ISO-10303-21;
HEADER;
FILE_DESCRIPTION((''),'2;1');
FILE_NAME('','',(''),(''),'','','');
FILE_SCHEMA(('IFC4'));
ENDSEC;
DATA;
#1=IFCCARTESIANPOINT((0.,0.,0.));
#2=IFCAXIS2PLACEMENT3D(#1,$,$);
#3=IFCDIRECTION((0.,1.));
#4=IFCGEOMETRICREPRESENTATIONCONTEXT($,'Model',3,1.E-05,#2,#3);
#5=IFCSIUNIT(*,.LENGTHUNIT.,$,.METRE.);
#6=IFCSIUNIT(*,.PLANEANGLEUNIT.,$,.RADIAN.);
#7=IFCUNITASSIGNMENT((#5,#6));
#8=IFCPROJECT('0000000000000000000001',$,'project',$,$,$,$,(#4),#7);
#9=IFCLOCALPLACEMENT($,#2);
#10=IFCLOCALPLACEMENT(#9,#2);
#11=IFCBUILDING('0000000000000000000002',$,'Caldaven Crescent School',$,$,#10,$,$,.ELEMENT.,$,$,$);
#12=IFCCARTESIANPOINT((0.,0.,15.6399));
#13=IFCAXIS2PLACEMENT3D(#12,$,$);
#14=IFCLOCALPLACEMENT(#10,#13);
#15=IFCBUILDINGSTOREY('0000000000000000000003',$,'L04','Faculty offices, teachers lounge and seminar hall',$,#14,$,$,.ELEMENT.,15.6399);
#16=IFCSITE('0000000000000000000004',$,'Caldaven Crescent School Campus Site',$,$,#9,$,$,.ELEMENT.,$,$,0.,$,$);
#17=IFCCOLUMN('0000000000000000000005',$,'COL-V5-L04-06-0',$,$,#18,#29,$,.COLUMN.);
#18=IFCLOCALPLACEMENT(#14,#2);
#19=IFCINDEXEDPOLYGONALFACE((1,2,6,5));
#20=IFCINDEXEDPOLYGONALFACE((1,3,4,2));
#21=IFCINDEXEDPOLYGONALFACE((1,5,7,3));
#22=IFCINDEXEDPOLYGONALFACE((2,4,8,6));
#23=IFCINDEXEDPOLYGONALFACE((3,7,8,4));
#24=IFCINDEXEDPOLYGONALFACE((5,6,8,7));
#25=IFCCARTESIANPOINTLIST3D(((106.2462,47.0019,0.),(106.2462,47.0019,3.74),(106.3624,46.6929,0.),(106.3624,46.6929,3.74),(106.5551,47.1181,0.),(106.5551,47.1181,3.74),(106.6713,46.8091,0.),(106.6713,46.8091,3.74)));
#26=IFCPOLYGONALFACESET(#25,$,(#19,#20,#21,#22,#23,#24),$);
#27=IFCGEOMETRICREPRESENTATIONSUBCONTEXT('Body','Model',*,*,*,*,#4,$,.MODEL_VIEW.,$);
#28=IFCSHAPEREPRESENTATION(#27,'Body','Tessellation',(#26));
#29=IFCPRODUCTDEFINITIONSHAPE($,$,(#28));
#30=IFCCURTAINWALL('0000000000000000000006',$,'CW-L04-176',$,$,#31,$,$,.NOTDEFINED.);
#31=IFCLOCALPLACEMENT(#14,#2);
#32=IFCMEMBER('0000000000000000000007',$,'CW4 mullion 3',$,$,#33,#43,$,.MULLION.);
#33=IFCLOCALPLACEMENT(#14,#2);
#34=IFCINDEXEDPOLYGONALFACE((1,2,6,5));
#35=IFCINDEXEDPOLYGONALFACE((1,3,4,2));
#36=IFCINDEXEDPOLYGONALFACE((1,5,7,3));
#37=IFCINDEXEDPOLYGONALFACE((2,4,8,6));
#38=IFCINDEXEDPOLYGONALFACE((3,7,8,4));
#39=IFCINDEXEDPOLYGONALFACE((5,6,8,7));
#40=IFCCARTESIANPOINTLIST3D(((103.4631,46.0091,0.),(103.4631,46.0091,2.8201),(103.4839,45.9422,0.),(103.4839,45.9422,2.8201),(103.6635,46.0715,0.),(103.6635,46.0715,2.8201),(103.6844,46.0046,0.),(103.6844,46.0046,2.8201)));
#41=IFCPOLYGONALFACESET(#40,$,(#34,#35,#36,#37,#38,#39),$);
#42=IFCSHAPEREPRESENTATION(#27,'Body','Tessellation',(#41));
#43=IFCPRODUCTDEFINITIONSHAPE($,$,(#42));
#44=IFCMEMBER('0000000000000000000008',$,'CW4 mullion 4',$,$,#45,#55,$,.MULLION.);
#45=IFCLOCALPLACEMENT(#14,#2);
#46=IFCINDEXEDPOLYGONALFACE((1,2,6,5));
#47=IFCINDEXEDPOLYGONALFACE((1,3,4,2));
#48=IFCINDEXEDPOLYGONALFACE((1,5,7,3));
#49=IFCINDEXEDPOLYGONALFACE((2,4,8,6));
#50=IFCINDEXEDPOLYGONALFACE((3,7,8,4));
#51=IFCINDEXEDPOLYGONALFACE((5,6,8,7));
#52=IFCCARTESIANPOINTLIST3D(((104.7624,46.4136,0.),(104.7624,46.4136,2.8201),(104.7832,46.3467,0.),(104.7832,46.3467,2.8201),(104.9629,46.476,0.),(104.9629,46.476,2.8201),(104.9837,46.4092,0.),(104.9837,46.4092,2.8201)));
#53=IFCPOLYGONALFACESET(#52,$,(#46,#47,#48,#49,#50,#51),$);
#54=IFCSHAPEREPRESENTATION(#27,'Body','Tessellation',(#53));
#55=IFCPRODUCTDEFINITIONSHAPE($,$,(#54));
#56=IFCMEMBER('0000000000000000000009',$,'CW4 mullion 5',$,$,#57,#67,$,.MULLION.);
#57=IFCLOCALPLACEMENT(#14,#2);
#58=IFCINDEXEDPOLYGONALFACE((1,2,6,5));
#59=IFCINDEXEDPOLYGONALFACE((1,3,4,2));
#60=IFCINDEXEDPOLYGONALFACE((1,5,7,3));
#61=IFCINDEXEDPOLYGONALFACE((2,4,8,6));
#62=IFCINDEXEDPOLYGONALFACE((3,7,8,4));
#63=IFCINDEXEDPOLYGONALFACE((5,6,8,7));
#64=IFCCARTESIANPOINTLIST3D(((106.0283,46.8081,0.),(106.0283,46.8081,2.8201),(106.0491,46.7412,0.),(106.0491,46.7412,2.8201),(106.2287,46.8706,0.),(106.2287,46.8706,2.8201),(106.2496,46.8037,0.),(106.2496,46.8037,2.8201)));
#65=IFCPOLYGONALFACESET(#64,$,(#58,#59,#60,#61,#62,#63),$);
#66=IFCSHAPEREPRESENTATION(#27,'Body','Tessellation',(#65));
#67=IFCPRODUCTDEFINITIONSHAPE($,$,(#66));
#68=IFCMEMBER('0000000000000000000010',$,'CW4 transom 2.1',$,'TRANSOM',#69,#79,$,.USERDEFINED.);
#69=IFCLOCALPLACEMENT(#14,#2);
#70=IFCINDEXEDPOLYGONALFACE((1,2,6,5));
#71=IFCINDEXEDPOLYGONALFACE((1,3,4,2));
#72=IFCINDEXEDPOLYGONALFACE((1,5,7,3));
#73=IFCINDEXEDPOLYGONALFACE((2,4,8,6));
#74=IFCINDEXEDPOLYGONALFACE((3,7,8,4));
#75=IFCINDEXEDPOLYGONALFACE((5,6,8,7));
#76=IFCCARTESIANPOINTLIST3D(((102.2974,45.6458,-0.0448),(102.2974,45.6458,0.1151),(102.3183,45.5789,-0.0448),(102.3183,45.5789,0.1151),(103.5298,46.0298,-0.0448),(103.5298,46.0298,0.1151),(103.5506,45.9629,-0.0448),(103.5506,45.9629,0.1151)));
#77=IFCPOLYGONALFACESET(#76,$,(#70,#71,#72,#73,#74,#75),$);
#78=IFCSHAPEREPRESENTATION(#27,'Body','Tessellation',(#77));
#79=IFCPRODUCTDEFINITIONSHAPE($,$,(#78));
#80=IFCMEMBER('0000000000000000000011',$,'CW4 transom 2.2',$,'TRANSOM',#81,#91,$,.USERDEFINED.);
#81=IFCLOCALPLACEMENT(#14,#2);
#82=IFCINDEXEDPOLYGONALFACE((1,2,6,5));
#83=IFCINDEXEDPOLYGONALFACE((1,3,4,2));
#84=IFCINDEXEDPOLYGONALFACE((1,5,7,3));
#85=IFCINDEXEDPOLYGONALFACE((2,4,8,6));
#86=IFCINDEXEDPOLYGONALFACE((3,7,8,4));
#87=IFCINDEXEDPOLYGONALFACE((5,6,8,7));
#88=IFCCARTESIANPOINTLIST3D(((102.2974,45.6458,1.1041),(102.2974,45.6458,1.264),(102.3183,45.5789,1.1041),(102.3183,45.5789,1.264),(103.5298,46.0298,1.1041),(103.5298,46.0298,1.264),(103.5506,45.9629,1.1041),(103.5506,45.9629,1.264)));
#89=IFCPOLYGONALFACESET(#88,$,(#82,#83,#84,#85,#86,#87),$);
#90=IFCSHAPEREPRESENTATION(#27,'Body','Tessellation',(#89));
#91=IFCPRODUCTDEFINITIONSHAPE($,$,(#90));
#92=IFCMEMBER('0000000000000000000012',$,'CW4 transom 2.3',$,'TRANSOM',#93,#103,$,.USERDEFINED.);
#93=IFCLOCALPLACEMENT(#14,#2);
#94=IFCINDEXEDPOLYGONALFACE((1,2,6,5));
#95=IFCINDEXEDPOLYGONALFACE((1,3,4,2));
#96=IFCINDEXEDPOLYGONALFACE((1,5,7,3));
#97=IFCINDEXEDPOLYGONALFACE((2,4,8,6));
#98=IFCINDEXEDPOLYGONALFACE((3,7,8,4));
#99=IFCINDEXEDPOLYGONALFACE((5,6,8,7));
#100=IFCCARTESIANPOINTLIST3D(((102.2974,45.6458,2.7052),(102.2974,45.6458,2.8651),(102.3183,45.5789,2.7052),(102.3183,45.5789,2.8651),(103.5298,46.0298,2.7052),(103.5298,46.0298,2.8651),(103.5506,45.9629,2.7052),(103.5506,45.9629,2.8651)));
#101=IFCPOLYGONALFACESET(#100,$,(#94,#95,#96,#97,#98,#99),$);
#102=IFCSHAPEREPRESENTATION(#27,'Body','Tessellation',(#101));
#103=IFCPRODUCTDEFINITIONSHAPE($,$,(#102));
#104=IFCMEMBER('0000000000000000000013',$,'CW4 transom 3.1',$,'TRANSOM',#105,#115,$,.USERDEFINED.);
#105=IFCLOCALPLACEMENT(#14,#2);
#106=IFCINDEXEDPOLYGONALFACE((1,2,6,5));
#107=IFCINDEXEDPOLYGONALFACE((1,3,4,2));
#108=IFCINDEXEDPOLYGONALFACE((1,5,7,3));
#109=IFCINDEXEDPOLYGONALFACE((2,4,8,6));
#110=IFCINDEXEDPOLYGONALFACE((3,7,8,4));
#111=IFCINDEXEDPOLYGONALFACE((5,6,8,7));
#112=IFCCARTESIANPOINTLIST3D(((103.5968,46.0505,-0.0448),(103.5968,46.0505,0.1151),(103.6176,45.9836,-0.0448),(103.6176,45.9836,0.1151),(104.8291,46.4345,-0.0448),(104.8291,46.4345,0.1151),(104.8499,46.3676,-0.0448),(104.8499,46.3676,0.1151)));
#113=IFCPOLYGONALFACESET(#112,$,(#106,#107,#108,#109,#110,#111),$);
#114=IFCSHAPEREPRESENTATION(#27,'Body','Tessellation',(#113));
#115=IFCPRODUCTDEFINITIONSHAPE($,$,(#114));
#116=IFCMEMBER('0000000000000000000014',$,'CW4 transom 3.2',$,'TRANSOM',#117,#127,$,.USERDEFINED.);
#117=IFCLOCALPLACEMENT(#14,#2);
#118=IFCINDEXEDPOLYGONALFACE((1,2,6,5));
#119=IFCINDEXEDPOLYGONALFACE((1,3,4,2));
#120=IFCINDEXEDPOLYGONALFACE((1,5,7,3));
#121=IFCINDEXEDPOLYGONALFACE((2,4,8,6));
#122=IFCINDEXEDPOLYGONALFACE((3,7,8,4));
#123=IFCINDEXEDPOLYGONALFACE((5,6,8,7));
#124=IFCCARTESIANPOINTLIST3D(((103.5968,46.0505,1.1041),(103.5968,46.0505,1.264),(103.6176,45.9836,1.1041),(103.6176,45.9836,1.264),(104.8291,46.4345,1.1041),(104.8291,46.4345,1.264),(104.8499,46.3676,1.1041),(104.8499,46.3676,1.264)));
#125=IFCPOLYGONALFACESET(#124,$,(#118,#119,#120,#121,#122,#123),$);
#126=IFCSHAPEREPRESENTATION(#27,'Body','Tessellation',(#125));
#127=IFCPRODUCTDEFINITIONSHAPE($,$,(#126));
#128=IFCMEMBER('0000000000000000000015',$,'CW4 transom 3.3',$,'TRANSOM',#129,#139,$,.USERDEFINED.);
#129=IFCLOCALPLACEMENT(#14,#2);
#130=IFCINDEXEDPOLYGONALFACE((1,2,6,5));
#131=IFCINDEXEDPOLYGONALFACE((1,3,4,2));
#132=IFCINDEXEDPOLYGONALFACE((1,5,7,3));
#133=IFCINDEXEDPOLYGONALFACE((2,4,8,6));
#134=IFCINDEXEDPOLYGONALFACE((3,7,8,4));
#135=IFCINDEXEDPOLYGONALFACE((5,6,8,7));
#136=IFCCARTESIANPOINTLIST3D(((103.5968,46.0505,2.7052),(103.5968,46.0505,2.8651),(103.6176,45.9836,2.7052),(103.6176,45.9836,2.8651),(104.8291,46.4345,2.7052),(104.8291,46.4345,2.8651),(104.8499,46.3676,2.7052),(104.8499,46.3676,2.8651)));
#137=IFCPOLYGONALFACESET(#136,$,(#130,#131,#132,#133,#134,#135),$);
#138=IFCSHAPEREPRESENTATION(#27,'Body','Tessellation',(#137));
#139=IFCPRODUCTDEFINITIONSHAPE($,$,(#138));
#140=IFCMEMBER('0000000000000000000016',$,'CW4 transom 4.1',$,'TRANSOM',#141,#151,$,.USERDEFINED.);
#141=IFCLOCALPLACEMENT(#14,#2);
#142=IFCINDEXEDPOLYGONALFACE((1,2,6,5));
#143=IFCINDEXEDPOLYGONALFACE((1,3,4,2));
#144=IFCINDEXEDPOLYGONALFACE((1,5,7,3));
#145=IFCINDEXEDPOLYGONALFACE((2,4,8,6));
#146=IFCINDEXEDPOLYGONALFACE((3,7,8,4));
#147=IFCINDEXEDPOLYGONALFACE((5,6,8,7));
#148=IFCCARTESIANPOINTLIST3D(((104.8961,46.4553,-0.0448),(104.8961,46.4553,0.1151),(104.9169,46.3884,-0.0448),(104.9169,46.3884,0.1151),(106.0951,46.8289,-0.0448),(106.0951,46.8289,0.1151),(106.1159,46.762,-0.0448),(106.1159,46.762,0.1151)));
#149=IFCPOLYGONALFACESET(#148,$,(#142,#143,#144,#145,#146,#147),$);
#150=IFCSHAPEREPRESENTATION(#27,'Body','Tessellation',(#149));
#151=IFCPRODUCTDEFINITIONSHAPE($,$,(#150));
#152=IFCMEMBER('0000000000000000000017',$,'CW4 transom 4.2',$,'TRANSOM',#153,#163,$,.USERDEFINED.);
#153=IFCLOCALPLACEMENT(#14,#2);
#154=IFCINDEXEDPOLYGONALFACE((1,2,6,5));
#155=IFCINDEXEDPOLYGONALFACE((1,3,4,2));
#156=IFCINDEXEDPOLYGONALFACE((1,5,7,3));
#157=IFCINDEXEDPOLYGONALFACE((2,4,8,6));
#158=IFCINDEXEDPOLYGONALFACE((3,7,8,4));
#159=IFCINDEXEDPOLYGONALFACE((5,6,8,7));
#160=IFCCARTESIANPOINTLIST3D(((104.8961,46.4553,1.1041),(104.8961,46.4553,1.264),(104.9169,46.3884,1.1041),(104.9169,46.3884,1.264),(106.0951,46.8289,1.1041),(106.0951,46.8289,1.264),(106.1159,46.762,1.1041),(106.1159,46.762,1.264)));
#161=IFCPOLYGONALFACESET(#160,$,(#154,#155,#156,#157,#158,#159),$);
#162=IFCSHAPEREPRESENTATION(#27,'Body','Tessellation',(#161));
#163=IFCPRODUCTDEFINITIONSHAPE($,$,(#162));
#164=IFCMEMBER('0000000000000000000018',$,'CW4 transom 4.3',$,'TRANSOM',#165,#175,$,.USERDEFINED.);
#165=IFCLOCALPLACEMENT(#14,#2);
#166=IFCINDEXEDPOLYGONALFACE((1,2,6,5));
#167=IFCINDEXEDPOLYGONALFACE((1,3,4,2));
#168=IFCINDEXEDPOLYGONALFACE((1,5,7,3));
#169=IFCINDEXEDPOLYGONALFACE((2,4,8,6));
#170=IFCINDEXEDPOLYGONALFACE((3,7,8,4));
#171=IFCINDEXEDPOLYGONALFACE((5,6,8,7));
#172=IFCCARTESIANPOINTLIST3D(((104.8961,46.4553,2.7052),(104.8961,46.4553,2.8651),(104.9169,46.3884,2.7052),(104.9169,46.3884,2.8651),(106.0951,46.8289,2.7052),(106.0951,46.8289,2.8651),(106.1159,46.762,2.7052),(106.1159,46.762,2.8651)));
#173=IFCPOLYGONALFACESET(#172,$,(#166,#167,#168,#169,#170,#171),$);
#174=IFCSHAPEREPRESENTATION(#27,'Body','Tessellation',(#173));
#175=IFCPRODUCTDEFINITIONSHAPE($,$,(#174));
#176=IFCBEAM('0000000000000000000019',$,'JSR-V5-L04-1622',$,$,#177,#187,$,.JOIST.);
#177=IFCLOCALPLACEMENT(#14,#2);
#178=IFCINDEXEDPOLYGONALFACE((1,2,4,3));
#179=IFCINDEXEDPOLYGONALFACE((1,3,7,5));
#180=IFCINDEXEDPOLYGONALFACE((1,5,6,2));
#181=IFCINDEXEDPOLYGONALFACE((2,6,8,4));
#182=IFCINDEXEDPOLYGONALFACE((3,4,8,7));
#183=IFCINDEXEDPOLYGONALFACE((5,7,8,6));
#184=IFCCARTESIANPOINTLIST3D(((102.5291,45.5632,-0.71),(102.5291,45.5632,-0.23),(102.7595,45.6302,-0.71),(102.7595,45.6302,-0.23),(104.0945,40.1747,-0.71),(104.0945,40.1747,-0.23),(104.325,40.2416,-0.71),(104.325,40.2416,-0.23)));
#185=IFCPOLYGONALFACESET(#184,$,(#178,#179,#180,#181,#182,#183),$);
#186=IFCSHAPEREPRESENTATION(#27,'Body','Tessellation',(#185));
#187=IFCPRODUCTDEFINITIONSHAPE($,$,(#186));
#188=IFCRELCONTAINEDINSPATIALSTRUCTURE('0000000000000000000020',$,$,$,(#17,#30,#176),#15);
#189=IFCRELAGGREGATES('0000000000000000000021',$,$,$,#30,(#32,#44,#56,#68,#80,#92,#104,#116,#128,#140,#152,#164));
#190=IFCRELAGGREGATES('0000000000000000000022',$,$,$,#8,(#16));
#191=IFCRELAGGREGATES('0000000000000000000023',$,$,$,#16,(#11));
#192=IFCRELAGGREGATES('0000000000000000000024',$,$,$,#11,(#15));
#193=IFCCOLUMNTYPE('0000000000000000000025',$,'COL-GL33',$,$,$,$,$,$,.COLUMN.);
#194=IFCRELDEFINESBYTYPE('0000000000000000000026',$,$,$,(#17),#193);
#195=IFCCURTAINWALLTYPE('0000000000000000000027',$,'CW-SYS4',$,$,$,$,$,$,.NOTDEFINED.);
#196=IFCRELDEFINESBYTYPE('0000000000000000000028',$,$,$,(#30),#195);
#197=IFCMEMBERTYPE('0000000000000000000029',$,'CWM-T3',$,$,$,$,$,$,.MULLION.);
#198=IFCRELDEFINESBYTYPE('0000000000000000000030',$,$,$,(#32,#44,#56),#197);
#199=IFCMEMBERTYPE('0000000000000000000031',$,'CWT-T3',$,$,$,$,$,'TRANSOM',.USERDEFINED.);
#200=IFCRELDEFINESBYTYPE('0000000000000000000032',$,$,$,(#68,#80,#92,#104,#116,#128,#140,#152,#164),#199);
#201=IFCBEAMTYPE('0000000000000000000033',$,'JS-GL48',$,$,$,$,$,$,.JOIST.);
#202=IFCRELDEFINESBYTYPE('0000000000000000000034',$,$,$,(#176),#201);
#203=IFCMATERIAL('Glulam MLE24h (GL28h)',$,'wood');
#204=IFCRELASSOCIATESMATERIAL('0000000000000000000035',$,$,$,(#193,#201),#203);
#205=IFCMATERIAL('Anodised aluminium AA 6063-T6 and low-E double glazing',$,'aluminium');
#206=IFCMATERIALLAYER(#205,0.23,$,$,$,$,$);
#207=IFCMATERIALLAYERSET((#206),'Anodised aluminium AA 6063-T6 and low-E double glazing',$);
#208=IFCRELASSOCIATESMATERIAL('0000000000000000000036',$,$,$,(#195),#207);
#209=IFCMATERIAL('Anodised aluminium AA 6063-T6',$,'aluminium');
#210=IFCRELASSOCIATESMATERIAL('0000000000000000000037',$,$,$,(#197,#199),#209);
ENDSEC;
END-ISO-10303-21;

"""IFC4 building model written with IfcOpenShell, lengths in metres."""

from ifc_helpers import new_model, si_unit, direction, frame, origin, origin_2d, place, context, subcontext, project, spatial, rectangle, extrude, material, layer, layer_set, material_profile, profile_set, type_object, element, aggregate, save


model = new_model("IFC4")

# Units and contexts
model_context = context("Model", 3, precision=1e-05, world=origin(), true_north=direction((0.0, 1.0)))
body_context = subcontext(model_context, "Body", "Model", "MODEL_VIEW")
ifc_project = project(units=[si_unit("LENGTHUNIT", "METRE"), si_unit("PLANEANGLEUNIT", "RADIAN")], contexts=[model_context])

# Site, building, storey
site_placement = place(None, origin())
site = spatial("IfcSite", under=ifc_project, at=site_placement, Name="Caldaven Crescent School Campus Site", CompositionType="ELEMENT", RefElevation=0.0)
building_placement = place(site_placement, origin())
building = spatial("IfcBuilding", under=site, at=building_placement, Name="Caldaven Crescent School", CompositionType="ELEMENT")
storey_placement = place(building_placement, frame((0.0, 0.0, 15.6399)))
storey = spatial("IfcBuildingStorey", under=building, at=storey_placement, Name="L04", Description="Faculty offices, teachers lounge and seminar hall", CompositionType="ELEMENT", Elevation=15.6399)

# Column
ifc_material_1 = material(Name="Glulam MLE24h (GL28h)", Category="wood")
ifc_material_profile_1 = material_profile(ifc_material_1, rectangle(XDim=0.3301, YDim=0.3301, at=origin_2d()), Name="MLE 330x330")
ifc_profile_set_1 = profile_set([ifc_material_profile_1], Name="Glulam MLE24h (GL28h)")
column_type = type_object("IfcColumnType", Name="COL-GL33", PredefinedType="COLUMN", material=ifc_profile_set_1)
column_placement = place(storey_placement, frame((106.4587, 46.9055, 0.0), z_axis=(0.0, 0.0, 1.0), x_axis=(0.352005, -0.935998, 0.0)))
element("IfcColumn", 1, at=column_placement, inside=storey, type_object=column_type, Name="COL-V5-L04-06-0", PredefinedType="COLUMN", context=body_context, shape_type="SweptSolid", body=[
    extrude(rectangle(XDim=0.3301, YDim=0.3301, at=origin_2d()), origin(), (0.0, 0.0, 1.0), 3.74),
])

# Curtain wall, members
ifc_material_2 = material(Name="Anodised aluminium AA 6063-T6 and low-E double glazing", Category="aluminium")
ifc_layer_1 = layer(ifc_material_2, 0.23)
ifc_layer_set_1 = layer_set([ifc_layer_1], Name="Anodised aluminium AA 6063-T6 and low-E double glazing")
curtain_wall_type = type_object("IfcCurtainWallType", Name="CW-SYS4", PredefinedType="NOTDEFINED", material=ifc_layer_set_1)
curtain_wall_placement = place(storey_placement, origin())
curtain_wall = element("IfcCurtainWall", 2, at=curtain_wall_placement, inside=storey, type_object=curtain_wall_type, Name="CW-L04-176", PredefinedType="NOTDEFINED")
ifc_material_3 = material(Name="Anodised aluminium AA 6063-T6", Category="aluminium")
ifc_material_profile_2 = material_profile(ifc_material_3, rectangle(XDim=0.0701, YDim=0.21, at=origin_2d()), Name="CWM 70x210")
ifc_profile_set_2 = profile_set([ifc_material_profile_2], Name="Anodised aluminium AA 6063-T6")
member_type_1 = type_object("IfcMemberType", Name="CWM-T3", PredefinedType="MULLION", material=ifc_profile_set_2)
member_1_placement = place(storey_placement, frame((103.5737, 46.0068, 0.0), z_axis=(0.0, 0.0, 1.0), x_axis=(-0.29742, 0.954747, 0.0)))
member_1 = element("IfcMember", 3, at=member_1_placement, type_object=member_type_1, Name="CW4 mullion 3", PredefinedType="MULLION", context=body_context, shape_type="SweptSolid", body=[
    extrude(rectangle(XDim=0.0701, YDim=0.21, at=origin_2d()), origin(), (0.0, 0.0, 1.0), 2.8201),
])
member_2_placement = place(storey_placement, frame((104.873, 46.4114, 0.0), z_axis=(0.0, 0.0, 1.0), x_axis=(-0.29742, 0.954747, 0.0)))
member_2 = element("IfcMember", 4, at=member_2_placement, type_object=member_type_1, Name="CW4 mullion 4", PredefinedType="MULLION", context=body_context, shape_type="SweptSolid", body=[
    extrude(rectangle(XDim=0.0701, YDim=0.21, at=origin_2d()), origin(), (0.0, 0.0, 1.0), 2.8201),
])
member_3_placement = place(storey_placement, frame((106.1389, 46.8059, 0.0), z_axis=(0.0, 0.0, 1.0), x_axis=(-0.29742, 0.954747, 0.0)))
member_3 = element("IfcMember", 5, at=member_3_placement, type_object=member_type_1, Name="CW4 mullion 5", PredefinedType="MULLION", context=body_context, shape_type="SweptSolid", body=[
    extrude(rectangle(XDim=0.0701, YDim=0.21, at=origin_2d()), origin(), (0.0, 0.0, 1.0), 2.8201),
])
ifc_material_profile_3 = material_profile(ifc_material_3, rectangle(XDim=0.0701, YDim=0.1599, at=origin_2d()), Name="CWT 70x160")
ifc_profile_set_3 = profile_set([ifc_material_profile_3], Name="Anodised aluminium AA 6063-T6")
member_type_2 = type_object("IfcMemberType", Name="CWT-T3", ElementType="TRANSOM", PredefinedType="USERDEFINED", material=ifc_profile_set_3)
member_4_placement = place(storey_placement, frame((102.3079, 45.6123, 0.0352), z_axis=(0.954722, 0.2975, 0.0), x_axis=(-0.2975, 0.954722, 0.0)))
member_4 = element("IfcMember", 6, at=member_4_placement, type_object=member_type_2, Name="CW4 transom 2.1", ObjectType="TRANSOM", PredefinedType="USERDEFINED", context=body_context, shape_type="SweptSolid", body=[
    extrude(rectangle(XDim=0.0701, YDim=0.1599, at=origin_2d()), origin(), (0.0, 0.0, 1.0), 1.2908),
])
member_5_placement = place(storey_placement, frame((102.3079, 45.6123, 1.1841), z_axis=(0.954722, 0.2975, 0.0), x_axis=(-0.2975, 0.954722, 0.0)))
member_5 = element("IfcMember", 7, at=member_5_placement, type_object=member_type_2, Name="CW4 transom 2.2", ObjectType="TRANSOM", PredefinedType="USERDEFINED", context=body_context, shape_type="SweptSolid", body=[
    extrude(rectangle(XDim=0.0701, YDim=0.1599, at=origin_2d()), origin(), (0.0, 0.0, 1.0), 1.2908),
])
member_6_placement = place(storey_placement, frame((102.3079, 45.6123, 2.7852), z_axis=(0.954722, 0.2975, 0.0), x_axis=(-0.2975, 0.954722, 0.0)))
member_6 = element("IfcMember", 8, at=member_6_placement, type_object=member_type_2, Name="CW4 transom 2.3", ObjectType="TRANSOM", PredefinedType="USERDEFINED", context=body_context, shape_type="SweptSolid", body=[
    extrude(rectangle(XDim=0.0701, YDim=0.1599, at=origin_2d()), origin(), (0.0, 0.0, 1.0), 1.2908),
])
member_7_placement = place(storey_placement, frame((103.6072, 46.0171, 0.0352), z_axis=(0.954722, 0.2975, 0.0), x_axis=(-0.2975, 0.954722, 0.0)))
member_7 = element("IfcMember", 9, at=member_7_placement, type_object=member_type_2, Name="CW4 transom 3.1", ObjectType="TRANSOM", PredefinedType="USERDEFINED", context=body_context, shape_type="SweptSolid", body=[
    extrude(rectangle(XDim=0.0701, YDim=0.1599, at=origin_2d()), origin(), (0.0, 0.0, 1.0), 1.2908),
])
member_8_placement = place(storey_placement, frame((103.6072, 46.0171, 1.1841), z_axis=(0.954722, 0.2975, 0.0), x_axis=(-0.2975, 0.954722, 0.0)))
member_8 = element("IfcMember", 10, at=member_8_placement, type_object=member_type_2, Name="CW4 transom 3.2", ObjectType="TRANSOM", PredefinedType="USERDEFINED", context=body_context, shape_type="SweptSolid", body=[
    extrude(rectangle(XDim=0.0701, YDim=0.1599, at=origin_2d()), origin(), (0.0, 0.0, 1.0), 1.2908),
])
member_9_placement = place(storey_placement, frame((103.6072, 46.0171, 2.7852), z_axis=(0.954722, 0.2975, 0.0), x_axis=(-0.2975, 0.954722, 0.0)))
member_9 = element("IfcMember", 11, at=member_9_placement, type_object=member_type_2, Name="CW4 transom 3.3", ObjectType="TRANSOM", PredefinedType="USERDEFINED", context=body_context, shape_type="SweptSolid", body=[
    extrude(rectangle(XDim=0.0701, YDim=0.1599, at=origin_2d()), origin(), (0.0, 0.0, 1.0), 1.2908),
])
member_10_placement = place(storey_placement, frame((104.9065, 46.4219, 0.0352), z_axis=(0.954739, 0.297445, 0.0), x_axis=(-0.297445, 0.954739, 0.0)))
member_10 = element("IfcMember", 12, at=member_10_placement, type_object=member_type_2, Name="CW4 transom 4.1", ObjectType="TRANSOM", PredefinedType="USERDEFINED", context=body_context, shape_type="SweptSolid", body=[
    extrude(rectangle(XDim=0.0701, YDim=0.1599, at=origin_2d()), origin(), (0.0, 0.0, 1.0), 1.2559),
])
member_11_placement = place(storey_placement, frame((104.9065, 46.4219, 1.1841), z_axis=(0.954739, 0.297445, 0.0), x_axis=(-0.297445, 0.954739, 0.0)))
member_11 = element("IfcMember", 13, at=member_11_placement, type_object=member_type_2, Name="CW4 transom 4.2", ObjectType="TRANSOM", PredefinedType="USERDEFINED", context=body_context, shape_type="SweptSolid", body=[
    extrude(rectangle(XDim=0.0701, YDim=0.1599, at=origin_2d()), origin(), (0.0, 0.0, 1.0), 1.2559),
])
member_12_placement = place(storey_placement, frame((104.9065, 46.4219, 2.7852), z_axis=(0.954739, 0.297445, 0.0), x_axis=(-0.297445, 0.954739, 0.0)))
member_12 = element("IfcMember", 14, at=member_12_placement, type_object=member_type_2, Name="CW4 transom 4.3", ObjectType="TRANSOM", PredefinedType="USERDEFINED", context=body_context, shape_type="SweptSolid", body=[
    extrude(rectangle(XDim=0.0701, YDim=0.1599, at=origin_2d()), origin(), (0.0, 0.0, 1.0), 1.2559),
])

# Beam
ifc_material_profile_4 = material_profile(ifc_material_1, rectangle(XDim=0.24, YDim=0.48, at=origin_2d()), Name="MLE 240x480")
ifc_profile_set_4 = profile_set([ifc_material_profile_4], Name="Glulam MLE24h (GL28h)")
beam_type = type_object("IfcBeamType", Name="JS-GL48", PredefinedType="JOIST", material=ifc_profile_set_4)
beam_1_placement = place(storey_placement, frame((102.6443, 45.5967, -0.47), z_axis=(0.278982, -0.960296, 0.0), x_axis=(0.960296, 0.278982, 0.0)))
element("IfcBeam", 15, at=beam_1_placement, inside=storey, type_object=beam_type, Name="JSR-V5-L04-1622", PredefinedType="JOIST", context=body_context, shape_type="SweptSolid", body=[
    extrude(rectangle(XDim=0.24, YDim=0.48, at=origin_2d()), origin(), (0.0, 0.0, 1.0), 5.6113),
])

aggregate(curtain_wall, [member_1, member_2, member_3, member_4, member_5, member_6, member_7, member_8, member_9, member_10, member_11, member_12])

save(model, "model.ifc")
